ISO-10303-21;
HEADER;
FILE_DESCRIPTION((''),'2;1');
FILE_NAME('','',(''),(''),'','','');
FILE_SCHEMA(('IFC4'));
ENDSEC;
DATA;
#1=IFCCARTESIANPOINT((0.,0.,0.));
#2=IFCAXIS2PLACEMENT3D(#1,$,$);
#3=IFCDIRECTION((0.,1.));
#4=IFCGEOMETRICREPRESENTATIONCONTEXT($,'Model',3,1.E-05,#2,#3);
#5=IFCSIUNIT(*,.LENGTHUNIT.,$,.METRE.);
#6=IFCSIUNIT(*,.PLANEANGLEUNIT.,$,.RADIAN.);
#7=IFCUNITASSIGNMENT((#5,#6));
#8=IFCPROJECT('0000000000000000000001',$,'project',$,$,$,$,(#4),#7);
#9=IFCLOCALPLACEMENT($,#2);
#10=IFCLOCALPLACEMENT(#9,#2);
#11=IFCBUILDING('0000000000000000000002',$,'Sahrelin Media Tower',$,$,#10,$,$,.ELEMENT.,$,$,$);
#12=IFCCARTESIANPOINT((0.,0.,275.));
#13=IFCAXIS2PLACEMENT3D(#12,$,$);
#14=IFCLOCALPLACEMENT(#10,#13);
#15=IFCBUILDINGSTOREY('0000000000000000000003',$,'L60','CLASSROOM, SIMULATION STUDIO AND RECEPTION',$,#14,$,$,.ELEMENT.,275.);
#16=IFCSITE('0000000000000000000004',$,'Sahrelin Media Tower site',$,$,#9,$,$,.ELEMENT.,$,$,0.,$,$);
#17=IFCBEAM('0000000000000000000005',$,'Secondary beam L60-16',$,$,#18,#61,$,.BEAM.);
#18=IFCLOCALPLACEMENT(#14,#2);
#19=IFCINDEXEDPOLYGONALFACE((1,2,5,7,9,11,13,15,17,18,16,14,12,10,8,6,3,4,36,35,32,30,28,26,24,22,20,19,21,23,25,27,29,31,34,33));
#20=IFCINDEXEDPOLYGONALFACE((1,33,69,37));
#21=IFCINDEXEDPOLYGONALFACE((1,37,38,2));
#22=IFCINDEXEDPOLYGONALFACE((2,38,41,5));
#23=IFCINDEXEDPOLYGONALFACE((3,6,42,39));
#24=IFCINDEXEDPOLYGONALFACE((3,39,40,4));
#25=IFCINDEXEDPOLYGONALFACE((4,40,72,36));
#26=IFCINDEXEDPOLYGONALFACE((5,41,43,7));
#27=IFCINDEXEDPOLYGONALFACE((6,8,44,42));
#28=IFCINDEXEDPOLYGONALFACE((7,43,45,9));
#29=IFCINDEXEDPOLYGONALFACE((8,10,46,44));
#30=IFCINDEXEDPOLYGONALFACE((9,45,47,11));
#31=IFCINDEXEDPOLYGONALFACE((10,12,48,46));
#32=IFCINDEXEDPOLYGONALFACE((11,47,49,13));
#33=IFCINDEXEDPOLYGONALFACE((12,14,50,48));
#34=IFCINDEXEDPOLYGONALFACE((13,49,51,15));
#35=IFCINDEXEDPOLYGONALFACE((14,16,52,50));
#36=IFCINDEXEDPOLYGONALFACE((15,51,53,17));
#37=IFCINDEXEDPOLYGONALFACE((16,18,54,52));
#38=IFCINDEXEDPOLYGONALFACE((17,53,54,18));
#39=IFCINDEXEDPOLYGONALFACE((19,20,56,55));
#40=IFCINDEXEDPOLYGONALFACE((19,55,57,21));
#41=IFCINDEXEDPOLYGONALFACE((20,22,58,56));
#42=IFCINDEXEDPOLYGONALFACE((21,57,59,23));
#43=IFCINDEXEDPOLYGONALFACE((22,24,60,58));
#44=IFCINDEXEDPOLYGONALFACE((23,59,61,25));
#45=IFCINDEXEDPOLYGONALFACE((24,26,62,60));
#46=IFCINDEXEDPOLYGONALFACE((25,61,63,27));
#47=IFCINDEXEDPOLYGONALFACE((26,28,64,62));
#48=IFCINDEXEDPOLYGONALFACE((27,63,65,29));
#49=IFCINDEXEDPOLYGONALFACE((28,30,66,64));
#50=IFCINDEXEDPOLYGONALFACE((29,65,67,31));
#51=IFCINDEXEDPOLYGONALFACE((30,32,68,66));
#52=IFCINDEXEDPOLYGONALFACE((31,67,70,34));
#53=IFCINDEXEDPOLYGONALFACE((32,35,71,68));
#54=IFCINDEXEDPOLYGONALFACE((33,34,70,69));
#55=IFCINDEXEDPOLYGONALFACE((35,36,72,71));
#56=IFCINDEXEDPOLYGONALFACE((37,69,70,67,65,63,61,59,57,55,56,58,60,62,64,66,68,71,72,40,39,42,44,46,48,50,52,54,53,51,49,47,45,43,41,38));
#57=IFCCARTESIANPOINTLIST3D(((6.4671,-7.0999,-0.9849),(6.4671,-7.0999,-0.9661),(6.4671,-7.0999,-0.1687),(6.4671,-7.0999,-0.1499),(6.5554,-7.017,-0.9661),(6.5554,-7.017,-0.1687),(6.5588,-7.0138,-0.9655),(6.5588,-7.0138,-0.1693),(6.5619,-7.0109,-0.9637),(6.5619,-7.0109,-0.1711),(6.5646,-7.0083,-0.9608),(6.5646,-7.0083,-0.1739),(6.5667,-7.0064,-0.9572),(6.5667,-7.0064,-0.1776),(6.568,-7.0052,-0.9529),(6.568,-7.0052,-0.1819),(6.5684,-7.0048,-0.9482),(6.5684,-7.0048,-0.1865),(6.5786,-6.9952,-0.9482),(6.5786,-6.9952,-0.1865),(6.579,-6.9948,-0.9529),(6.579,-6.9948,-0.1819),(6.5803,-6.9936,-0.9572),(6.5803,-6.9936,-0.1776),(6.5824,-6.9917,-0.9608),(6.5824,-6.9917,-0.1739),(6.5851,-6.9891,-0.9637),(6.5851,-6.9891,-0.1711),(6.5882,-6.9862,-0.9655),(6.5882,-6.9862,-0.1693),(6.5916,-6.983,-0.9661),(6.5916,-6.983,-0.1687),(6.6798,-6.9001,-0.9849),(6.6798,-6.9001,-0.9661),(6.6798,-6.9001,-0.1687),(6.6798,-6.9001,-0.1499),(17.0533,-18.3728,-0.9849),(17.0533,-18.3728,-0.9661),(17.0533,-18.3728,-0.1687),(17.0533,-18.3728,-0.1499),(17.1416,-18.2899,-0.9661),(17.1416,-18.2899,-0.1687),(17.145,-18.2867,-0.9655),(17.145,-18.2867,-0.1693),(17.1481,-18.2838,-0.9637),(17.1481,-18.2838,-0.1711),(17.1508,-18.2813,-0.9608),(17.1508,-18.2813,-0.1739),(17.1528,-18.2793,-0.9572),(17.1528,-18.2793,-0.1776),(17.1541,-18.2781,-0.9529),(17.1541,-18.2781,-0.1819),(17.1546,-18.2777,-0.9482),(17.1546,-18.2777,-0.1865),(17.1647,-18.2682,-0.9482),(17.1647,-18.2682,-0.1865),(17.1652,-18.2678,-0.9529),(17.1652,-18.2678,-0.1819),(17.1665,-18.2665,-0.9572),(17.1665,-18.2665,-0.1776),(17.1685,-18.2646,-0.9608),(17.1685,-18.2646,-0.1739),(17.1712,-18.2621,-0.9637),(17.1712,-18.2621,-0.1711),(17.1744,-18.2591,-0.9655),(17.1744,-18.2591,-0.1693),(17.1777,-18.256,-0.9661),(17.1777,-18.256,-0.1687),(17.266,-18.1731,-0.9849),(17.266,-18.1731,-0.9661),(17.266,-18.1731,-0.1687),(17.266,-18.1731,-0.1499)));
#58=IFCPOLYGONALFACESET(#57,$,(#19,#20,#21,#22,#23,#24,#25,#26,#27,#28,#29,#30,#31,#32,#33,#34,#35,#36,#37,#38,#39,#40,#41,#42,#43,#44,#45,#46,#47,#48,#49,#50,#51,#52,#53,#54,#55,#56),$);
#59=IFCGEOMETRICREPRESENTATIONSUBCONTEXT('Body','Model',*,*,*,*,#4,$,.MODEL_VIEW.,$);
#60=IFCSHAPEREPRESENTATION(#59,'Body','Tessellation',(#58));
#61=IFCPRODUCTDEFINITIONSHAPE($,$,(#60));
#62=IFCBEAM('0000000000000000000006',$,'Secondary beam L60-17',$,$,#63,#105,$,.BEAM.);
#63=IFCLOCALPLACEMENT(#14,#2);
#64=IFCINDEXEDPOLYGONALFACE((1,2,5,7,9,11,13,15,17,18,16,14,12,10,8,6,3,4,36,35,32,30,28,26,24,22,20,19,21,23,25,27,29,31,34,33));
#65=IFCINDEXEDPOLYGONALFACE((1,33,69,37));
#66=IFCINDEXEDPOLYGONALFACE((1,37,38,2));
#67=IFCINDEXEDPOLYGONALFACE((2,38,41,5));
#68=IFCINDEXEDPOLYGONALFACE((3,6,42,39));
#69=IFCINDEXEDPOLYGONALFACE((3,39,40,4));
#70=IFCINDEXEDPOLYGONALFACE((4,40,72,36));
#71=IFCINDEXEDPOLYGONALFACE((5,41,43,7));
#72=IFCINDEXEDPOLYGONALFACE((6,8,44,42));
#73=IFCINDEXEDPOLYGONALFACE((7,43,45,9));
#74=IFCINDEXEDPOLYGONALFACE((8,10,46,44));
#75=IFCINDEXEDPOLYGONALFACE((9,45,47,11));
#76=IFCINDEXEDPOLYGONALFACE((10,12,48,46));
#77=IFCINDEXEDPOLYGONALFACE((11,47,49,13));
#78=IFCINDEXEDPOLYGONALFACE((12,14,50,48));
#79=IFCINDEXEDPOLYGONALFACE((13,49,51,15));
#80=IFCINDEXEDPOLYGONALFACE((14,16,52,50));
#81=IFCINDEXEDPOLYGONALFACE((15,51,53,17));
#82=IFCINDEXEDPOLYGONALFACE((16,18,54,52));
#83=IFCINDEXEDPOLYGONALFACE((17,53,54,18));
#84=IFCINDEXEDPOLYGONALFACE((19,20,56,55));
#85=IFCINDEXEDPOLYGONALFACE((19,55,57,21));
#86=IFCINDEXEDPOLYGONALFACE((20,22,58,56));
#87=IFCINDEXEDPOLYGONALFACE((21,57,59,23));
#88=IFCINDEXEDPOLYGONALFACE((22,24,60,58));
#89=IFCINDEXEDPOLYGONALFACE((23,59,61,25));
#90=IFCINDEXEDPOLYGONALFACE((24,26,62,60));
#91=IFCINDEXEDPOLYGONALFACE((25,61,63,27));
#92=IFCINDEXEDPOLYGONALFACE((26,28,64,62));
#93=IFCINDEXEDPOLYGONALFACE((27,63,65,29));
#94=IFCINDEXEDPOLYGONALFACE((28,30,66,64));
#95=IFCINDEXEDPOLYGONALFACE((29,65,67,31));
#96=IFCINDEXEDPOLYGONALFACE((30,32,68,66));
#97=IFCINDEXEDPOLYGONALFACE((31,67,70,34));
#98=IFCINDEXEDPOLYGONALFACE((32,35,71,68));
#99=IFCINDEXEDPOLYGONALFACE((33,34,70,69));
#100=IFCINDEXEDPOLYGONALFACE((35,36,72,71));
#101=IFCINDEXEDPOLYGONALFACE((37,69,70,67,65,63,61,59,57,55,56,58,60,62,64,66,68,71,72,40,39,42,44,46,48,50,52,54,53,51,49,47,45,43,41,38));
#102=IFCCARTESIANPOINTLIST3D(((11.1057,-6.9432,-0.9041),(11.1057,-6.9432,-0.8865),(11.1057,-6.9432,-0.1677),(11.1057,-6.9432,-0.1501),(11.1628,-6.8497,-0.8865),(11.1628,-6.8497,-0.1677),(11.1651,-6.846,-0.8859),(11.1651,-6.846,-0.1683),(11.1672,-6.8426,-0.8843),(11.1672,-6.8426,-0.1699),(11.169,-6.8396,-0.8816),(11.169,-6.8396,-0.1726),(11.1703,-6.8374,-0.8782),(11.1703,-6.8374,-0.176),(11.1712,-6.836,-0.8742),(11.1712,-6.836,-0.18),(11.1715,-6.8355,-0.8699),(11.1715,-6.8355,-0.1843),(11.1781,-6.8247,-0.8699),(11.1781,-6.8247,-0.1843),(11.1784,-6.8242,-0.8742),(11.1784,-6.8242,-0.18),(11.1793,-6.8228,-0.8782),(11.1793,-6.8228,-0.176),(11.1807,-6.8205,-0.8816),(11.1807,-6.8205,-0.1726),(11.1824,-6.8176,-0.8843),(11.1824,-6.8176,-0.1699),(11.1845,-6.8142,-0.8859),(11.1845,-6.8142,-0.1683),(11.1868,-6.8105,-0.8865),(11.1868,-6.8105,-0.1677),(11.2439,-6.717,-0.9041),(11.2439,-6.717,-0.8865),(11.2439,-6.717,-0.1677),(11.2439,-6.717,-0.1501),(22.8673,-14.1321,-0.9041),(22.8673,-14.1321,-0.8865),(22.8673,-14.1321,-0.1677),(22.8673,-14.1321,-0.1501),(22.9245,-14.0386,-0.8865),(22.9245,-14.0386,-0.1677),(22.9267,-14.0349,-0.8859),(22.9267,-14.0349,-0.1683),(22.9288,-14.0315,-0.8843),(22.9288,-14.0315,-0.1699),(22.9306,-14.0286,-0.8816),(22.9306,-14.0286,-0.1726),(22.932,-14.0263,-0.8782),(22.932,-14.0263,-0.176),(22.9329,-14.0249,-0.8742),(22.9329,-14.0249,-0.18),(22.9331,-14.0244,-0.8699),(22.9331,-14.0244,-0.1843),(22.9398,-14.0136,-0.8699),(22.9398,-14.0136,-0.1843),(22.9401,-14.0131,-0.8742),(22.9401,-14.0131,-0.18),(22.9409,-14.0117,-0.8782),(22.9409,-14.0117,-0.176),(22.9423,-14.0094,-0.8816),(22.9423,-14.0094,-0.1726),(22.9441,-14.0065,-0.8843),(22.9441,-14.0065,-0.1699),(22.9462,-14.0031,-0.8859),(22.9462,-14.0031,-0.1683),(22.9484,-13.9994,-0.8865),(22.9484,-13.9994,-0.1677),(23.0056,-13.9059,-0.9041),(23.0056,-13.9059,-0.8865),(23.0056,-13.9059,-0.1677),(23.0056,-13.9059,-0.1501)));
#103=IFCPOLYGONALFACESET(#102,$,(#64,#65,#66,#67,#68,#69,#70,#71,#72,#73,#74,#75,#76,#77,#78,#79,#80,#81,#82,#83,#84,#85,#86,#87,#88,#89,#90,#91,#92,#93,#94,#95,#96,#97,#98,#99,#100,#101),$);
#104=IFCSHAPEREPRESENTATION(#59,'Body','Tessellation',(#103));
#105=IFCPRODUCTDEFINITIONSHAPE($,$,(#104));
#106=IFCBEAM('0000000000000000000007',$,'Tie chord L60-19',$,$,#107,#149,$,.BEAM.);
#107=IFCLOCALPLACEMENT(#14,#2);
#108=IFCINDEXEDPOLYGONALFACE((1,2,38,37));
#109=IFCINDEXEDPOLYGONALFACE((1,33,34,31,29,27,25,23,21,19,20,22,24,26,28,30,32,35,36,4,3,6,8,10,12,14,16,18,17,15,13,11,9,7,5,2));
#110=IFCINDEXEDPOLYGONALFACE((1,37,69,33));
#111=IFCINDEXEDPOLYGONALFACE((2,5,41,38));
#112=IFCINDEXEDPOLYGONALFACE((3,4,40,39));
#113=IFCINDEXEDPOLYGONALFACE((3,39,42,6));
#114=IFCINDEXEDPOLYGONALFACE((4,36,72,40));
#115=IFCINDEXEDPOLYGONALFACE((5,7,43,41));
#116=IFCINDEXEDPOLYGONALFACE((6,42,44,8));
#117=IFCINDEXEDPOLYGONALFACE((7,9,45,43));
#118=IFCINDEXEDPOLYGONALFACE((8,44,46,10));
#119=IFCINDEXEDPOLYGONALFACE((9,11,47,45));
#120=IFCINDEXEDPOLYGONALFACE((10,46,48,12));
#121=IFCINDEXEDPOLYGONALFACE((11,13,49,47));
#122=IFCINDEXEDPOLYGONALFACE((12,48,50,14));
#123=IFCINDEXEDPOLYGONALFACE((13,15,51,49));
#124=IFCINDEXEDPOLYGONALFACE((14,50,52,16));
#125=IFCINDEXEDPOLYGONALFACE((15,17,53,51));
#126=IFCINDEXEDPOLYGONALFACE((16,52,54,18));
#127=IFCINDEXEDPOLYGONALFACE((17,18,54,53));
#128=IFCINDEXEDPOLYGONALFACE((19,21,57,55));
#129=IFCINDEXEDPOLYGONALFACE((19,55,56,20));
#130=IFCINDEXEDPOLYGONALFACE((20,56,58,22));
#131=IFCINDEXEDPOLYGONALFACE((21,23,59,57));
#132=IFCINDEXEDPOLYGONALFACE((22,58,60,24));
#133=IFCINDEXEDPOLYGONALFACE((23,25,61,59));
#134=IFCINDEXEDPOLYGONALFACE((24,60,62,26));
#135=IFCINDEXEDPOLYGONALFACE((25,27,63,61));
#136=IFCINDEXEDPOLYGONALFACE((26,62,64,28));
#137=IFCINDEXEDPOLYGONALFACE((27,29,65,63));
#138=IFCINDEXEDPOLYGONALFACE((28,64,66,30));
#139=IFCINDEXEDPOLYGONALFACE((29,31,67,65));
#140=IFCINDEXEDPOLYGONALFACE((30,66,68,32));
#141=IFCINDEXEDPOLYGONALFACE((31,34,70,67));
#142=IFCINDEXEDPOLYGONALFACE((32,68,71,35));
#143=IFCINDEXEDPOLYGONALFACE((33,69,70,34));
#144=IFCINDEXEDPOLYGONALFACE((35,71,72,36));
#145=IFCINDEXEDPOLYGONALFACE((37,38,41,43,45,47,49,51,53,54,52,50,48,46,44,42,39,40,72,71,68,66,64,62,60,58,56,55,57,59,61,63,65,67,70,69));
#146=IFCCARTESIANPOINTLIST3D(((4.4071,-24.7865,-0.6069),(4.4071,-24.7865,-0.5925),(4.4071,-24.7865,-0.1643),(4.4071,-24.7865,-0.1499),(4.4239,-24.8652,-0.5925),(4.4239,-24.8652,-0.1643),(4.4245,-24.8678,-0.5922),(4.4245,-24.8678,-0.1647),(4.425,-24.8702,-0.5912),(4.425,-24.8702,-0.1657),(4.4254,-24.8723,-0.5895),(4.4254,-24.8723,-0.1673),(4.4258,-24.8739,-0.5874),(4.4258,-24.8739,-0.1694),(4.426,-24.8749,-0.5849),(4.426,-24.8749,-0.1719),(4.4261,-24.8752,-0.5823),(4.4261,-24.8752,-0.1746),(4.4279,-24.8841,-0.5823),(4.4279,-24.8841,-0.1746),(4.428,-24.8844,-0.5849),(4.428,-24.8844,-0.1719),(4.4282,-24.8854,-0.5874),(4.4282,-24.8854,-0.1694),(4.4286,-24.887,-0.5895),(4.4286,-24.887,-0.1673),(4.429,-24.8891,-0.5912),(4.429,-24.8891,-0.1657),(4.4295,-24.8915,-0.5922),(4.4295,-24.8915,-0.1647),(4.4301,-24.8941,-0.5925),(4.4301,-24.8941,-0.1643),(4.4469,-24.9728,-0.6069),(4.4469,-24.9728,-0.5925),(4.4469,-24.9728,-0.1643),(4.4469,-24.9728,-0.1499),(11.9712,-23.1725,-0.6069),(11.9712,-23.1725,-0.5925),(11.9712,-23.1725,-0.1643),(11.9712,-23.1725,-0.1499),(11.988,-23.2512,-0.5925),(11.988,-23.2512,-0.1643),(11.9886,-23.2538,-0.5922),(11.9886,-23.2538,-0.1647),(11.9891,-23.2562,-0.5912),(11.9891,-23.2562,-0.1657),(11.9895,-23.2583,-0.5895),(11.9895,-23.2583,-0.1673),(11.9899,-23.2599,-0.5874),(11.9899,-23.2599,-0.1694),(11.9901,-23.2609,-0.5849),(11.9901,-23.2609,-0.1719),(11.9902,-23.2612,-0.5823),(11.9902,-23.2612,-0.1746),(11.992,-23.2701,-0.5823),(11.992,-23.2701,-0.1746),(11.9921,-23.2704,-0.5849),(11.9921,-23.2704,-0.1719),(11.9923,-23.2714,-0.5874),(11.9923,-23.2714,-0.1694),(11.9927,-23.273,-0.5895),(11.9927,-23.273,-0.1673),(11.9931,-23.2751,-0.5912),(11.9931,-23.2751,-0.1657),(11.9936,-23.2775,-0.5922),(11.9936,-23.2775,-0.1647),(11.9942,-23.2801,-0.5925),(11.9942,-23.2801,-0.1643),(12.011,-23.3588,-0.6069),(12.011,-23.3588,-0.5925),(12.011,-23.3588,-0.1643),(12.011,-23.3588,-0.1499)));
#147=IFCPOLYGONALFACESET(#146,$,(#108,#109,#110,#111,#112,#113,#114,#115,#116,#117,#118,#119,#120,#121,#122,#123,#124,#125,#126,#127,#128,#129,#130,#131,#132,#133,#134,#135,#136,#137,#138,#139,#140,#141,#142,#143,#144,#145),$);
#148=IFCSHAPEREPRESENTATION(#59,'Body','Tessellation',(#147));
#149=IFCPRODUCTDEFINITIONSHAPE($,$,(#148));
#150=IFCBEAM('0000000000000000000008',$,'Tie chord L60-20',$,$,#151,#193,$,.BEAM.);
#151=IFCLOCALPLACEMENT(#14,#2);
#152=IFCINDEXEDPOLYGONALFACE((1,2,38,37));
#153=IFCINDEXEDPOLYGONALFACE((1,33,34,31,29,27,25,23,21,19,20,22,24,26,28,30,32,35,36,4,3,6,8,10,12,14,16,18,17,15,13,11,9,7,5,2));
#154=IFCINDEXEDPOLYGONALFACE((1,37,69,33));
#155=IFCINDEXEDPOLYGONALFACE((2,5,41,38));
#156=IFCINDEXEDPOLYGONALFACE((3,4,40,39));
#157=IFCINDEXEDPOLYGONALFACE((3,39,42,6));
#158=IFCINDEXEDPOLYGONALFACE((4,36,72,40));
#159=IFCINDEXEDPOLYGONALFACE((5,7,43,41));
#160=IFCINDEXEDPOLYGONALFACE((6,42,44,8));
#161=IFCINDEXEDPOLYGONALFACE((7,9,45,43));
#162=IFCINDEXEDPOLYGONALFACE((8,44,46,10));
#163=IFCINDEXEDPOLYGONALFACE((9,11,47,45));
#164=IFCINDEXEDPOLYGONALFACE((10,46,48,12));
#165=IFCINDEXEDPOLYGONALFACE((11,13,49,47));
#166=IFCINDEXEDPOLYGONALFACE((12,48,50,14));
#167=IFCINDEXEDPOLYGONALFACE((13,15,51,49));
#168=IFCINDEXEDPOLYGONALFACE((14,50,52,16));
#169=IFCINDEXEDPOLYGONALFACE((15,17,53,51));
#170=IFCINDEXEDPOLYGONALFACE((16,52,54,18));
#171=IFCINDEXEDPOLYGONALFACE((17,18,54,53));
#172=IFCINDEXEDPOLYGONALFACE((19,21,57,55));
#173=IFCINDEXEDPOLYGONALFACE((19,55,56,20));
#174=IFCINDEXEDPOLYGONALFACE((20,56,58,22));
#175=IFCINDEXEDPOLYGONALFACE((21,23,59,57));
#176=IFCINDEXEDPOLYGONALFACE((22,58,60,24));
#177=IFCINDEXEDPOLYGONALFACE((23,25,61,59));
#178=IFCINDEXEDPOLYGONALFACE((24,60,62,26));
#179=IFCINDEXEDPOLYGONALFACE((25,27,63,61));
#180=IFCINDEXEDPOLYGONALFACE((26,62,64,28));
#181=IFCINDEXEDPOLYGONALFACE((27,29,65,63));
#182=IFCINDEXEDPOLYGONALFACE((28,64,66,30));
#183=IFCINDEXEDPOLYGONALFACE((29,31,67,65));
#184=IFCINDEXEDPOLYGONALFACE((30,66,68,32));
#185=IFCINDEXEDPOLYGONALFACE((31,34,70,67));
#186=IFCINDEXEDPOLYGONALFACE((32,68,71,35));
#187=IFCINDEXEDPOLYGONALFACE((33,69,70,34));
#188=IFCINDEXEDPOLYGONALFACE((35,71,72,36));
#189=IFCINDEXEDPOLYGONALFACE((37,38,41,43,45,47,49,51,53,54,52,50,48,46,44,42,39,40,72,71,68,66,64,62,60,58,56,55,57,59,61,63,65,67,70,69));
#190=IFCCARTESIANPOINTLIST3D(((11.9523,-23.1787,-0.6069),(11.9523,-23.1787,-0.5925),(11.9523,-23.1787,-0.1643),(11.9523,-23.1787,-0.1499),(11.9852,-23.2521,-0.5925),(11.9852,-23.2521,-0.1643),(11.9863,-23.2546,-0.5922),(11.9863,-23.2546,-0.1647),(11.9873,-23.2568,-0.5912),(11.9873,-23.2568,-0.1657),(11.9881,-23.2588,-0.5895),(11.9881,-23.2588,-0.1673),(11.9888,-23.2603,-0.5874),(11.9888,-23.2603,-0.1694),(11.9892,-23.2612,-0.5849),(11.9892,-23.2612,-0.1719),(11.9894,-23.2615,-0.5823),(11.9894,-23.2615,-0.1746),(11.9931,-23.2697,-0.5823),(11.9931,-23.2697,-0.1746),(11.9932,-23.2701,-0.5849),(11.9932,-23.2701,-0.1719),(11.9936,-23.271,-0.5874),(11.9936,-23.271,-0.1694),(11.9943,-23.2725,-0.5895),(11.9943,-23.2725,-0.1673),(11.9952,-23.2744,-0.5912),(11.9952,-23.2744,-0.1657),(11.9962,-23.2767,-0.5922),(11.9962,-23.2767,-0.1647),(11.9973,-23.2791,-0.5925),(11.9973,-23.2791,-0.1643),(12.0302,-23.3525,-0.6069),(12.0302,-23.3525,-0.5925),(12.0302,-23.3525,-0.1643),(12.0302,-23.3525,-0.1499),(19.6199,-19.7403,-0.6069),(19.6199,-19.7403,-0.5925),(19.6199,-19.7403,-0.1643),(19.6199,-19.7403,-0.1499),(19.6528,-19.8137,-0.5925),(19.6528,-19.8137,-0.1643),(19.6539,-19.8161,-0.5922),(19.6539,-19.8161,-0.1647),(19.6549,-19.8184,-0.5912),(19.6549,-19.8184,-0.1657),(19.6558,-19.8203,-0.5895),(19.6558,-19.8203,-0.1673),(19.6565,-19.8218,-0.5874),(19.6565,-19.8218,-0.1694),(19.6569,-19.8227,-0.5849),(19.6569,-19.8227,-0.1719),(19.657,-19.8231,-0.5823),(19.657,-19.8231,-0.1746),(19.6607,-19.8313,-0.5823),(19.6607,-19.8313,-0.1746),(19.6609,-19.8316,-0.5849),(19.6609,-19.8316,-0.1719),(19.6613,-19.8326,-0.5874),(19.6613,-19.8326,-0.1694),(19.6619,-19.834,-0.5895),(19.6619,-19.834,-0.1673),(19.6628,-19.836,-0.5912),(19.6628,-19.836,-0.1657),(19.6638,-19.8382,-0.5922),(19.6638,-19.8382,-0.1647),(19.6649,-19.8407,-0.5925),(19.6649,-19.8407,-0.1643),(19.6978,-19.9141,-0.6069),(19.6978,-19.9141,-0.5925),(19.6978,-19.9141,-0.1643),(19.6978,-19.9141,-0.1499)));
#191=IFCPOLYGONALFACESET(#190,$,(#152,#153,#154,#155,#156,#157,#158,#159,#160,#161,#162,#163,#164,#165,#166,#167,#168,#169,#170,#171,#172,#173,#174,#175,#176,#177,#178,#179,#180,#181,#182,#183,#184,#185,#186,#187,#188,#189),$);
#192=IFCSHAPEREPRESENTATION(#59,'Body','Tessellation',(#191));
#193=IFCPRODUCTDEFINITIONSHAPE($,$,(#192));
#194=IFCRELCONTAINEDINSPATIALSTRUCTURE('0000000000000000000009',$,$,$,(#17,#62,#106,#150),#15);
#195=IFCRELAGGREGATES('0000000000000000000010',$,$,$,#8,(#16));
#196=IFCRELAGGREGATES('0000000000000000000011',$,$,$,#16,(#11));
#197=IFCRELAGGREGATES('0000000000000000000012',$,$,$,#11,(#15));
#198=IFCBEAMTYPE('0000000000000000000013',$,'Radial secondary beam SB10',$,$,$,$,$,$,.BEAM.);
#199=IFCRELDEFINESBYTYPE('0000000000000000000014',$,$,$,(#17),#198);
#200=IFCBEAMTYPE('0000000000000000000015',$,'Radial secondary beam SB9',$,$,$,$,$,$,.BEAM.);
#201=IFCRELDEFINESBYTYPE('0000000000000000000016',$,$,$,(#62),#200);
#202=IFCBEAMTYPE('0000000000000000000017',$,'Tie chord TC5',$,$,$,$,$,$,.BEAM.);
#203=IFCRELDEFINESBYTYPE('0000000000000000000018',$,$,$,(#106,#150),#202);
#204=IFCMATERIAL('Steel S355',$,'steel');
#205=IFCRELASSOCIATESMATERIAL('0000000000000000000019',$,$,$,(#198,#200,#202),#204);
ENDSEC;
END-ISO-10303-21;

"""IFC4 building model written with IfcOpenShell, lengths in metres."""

from ifc_helpers import new_model, si_unit, direction, frame, origin, origin_2d, place, context, subcontext, project, spatial, i_section, extrude, material, material_profile, profile_set, type_object, element, save


model = new_model("IFC4")

# Units and contexts
model_context = context("Model", 3, precision=1e-05, world=origin(), true_north=direction((0.0, 1.0)))
body_context = subcontext(model_context, "Body", "Model", "MODEL_VIEW")
ifc_project = project(units=[si_unit("LENGTHUNIT", "METRE"), si_unit("PLANEANGLEUNIT", "RADIAN")], contexts=[model_context])

# Site, building, storey
site_placement = place(None, origin())
site = spatial("IfcSite", under=ifc_project, at=site_placement, Name="Sahrelin Media Tower site", CompositionType="ELEMENT", RefElevation=0.0)
building_placement = place(site_placement, origin())
building = spatial("IfcBuilding", under=site, at=building_placement, Name="Sahrelin Media Tower", CompositionType="ELEMENT")
storey_placement = place(building_placement, frame((0.0, 0.0, 275.0)))
storey = spatial("IfcBuildingStorey", under=building, at=storey_placement, Name="L60", Description="CLASSROOM, SIMULATION STUDIO AND RECEPTION", CompositionType="ELEMENT", Elevation=275.0)

# Beams
ifc_material_1 = material(Name="Steel S355", Category="steel")
ifc_material_profile_1 = material_profile(ifc_material_1, i_section(OverallWidth=0.2917, OverallDepth=0.835, WebThickness=0.0139, FlangeThickness=0.0188, FilletRadius=0.0178, at=origin_2d()), Name="UB 838x292x176")
ifc_profile_set_1 = profile_set([ifc_material_profile_1], Name="Steel S355")
beam_type_1 = type_object("IfcBeamType", Name="Radial secondary beam SB10", PredefinedType="BEAM", material=ifc_profile_set_1)
beam_1_placement = place(storey_placement, frame((6.5735, -7.0, -0.5674), z_axis=(0.684553, -0.728963, 0.0), x_axis=(0.728963, 0.684553, 0.0)))
element("IfcBeam", 1, at=beam_1_placement, inside=storey, type_object=beam_type_1, Name="Secondary beam L60-16", PredefinedType="BEAM", context=body_context, shape_type="SweptSolid", body=[
    extrude(i_section(OverallWidth=0.2917, OverallDepth=0.835, WebThickness=0.0139, FlangeThickness=0.0188, FilletRadius=0.0178, at=origin_2d()), origin(), (0.0, 0.0, 1.0), 15.4644),
])
ifc_material_profile_2 = material_profile(ifc_material_1, i_section(OverallWidth=0.2651, OverallDepth=0.7539, WebThickness=0.0127, FlangeThickness=0.0176, FilletRadius=0.0166, at=origin_2d()), Name="UB 762x267x147")
ifc_profile_set_2 = profile_set([ifc_material_profile_2], Name="Steel S355")
beam_type_2 = type_object("IfcBeamType", Name="Radial secondary beam SB9", PredefinedType="BEAM", material=ifc_profile_set_2)
beam_2_placement = place(storey_placement, frame((11.1748, -6.8301, -0.5271), z_axis=(0.853242, -0.521516, 0.0), x_axis=(0.521516, 0.853242, 0.0)))
element("IfcBeam", 2, at=beam_2_placement, inside=storey, type_object=beam_type_2, Name="Secondary beam L60-17", PredefinedType="BEAM", context=body_context, shape_type="SweptSolid", body=[
    extrude(i_section(OverallWidth=0.2651, OverallDepth=0.7539, WebThickness=0.0127, FlangeThickness=0.0176, FilletRadius=0.0166, at=origin_2d()), origin(), (0.0, 0.0, 1.0), 13.7847),
])
ifc_material_profile_3 = material_profile(ifc_material_1, i_section(OverallWidth=0.1904, OverallDepth=0.457, WebThickness=0.009, FlangeThickness=0.0144, FilletRadius=0.0103, at=origin_2d()), Name="UB 457x191x74")
ifc_profile_set_3 = profile_set([ifc_material_profile_3], Name="Steel S355")
beam_type_3 = type_object("IfcBeamType", Name="Tie chord TC5", PredefinedType="BEAM", material=ifc_profile_set_3)
beam_3_placement = place(storey_placement, frame((4.427, -24.8796, -0.3784), z_axis=(0.977985, 0.208678, 0.0), x_axis=(-0.208678, 0.977985, 0.0)))
element("IfcBeam", 3, at=beam_3_placement, inside=storey, type_object=beam_type_3, Name="Tie chord L60-19", PredefinedType="BEAM", context=body_context, shape_type="SweptSolid", body=[
    extrude(i_section(OverallWidth=0.1904, OverallDepth=0.457, WebThickness=0.009, FlangeThickness=0.0144, FilletRadius=0.0103, at=origin_2d()), origin(), (0.0, 0.0, 1.0), 7.7344),
])
beam_4_placement = place(storey_placement, frame((11.9912, -23.2656, -0.3784), z_axis=(0.912455, 0.409177, 0.0), x_axis=(-0.409177, 0.912455, 0.0)))
element("IfcBeam", 4, at=beam_4_placement, inside=storey, type_object=beam_type_3, Name="Tie chord L60-20", PredefinedType="BEAM", context=body_context, shape_type="SweptSolid", body=[
    extrude(i_section(OverallWidth=0.1904, OverallDepth=0.457, WebThickness=0.009, FlangeThickness=0.0144, FilletRadius=0.0103, at=origin_2d()), origin(), (0.0, 0.0, 1.0), 8.4033),
])

save(model, "model.ifc")
